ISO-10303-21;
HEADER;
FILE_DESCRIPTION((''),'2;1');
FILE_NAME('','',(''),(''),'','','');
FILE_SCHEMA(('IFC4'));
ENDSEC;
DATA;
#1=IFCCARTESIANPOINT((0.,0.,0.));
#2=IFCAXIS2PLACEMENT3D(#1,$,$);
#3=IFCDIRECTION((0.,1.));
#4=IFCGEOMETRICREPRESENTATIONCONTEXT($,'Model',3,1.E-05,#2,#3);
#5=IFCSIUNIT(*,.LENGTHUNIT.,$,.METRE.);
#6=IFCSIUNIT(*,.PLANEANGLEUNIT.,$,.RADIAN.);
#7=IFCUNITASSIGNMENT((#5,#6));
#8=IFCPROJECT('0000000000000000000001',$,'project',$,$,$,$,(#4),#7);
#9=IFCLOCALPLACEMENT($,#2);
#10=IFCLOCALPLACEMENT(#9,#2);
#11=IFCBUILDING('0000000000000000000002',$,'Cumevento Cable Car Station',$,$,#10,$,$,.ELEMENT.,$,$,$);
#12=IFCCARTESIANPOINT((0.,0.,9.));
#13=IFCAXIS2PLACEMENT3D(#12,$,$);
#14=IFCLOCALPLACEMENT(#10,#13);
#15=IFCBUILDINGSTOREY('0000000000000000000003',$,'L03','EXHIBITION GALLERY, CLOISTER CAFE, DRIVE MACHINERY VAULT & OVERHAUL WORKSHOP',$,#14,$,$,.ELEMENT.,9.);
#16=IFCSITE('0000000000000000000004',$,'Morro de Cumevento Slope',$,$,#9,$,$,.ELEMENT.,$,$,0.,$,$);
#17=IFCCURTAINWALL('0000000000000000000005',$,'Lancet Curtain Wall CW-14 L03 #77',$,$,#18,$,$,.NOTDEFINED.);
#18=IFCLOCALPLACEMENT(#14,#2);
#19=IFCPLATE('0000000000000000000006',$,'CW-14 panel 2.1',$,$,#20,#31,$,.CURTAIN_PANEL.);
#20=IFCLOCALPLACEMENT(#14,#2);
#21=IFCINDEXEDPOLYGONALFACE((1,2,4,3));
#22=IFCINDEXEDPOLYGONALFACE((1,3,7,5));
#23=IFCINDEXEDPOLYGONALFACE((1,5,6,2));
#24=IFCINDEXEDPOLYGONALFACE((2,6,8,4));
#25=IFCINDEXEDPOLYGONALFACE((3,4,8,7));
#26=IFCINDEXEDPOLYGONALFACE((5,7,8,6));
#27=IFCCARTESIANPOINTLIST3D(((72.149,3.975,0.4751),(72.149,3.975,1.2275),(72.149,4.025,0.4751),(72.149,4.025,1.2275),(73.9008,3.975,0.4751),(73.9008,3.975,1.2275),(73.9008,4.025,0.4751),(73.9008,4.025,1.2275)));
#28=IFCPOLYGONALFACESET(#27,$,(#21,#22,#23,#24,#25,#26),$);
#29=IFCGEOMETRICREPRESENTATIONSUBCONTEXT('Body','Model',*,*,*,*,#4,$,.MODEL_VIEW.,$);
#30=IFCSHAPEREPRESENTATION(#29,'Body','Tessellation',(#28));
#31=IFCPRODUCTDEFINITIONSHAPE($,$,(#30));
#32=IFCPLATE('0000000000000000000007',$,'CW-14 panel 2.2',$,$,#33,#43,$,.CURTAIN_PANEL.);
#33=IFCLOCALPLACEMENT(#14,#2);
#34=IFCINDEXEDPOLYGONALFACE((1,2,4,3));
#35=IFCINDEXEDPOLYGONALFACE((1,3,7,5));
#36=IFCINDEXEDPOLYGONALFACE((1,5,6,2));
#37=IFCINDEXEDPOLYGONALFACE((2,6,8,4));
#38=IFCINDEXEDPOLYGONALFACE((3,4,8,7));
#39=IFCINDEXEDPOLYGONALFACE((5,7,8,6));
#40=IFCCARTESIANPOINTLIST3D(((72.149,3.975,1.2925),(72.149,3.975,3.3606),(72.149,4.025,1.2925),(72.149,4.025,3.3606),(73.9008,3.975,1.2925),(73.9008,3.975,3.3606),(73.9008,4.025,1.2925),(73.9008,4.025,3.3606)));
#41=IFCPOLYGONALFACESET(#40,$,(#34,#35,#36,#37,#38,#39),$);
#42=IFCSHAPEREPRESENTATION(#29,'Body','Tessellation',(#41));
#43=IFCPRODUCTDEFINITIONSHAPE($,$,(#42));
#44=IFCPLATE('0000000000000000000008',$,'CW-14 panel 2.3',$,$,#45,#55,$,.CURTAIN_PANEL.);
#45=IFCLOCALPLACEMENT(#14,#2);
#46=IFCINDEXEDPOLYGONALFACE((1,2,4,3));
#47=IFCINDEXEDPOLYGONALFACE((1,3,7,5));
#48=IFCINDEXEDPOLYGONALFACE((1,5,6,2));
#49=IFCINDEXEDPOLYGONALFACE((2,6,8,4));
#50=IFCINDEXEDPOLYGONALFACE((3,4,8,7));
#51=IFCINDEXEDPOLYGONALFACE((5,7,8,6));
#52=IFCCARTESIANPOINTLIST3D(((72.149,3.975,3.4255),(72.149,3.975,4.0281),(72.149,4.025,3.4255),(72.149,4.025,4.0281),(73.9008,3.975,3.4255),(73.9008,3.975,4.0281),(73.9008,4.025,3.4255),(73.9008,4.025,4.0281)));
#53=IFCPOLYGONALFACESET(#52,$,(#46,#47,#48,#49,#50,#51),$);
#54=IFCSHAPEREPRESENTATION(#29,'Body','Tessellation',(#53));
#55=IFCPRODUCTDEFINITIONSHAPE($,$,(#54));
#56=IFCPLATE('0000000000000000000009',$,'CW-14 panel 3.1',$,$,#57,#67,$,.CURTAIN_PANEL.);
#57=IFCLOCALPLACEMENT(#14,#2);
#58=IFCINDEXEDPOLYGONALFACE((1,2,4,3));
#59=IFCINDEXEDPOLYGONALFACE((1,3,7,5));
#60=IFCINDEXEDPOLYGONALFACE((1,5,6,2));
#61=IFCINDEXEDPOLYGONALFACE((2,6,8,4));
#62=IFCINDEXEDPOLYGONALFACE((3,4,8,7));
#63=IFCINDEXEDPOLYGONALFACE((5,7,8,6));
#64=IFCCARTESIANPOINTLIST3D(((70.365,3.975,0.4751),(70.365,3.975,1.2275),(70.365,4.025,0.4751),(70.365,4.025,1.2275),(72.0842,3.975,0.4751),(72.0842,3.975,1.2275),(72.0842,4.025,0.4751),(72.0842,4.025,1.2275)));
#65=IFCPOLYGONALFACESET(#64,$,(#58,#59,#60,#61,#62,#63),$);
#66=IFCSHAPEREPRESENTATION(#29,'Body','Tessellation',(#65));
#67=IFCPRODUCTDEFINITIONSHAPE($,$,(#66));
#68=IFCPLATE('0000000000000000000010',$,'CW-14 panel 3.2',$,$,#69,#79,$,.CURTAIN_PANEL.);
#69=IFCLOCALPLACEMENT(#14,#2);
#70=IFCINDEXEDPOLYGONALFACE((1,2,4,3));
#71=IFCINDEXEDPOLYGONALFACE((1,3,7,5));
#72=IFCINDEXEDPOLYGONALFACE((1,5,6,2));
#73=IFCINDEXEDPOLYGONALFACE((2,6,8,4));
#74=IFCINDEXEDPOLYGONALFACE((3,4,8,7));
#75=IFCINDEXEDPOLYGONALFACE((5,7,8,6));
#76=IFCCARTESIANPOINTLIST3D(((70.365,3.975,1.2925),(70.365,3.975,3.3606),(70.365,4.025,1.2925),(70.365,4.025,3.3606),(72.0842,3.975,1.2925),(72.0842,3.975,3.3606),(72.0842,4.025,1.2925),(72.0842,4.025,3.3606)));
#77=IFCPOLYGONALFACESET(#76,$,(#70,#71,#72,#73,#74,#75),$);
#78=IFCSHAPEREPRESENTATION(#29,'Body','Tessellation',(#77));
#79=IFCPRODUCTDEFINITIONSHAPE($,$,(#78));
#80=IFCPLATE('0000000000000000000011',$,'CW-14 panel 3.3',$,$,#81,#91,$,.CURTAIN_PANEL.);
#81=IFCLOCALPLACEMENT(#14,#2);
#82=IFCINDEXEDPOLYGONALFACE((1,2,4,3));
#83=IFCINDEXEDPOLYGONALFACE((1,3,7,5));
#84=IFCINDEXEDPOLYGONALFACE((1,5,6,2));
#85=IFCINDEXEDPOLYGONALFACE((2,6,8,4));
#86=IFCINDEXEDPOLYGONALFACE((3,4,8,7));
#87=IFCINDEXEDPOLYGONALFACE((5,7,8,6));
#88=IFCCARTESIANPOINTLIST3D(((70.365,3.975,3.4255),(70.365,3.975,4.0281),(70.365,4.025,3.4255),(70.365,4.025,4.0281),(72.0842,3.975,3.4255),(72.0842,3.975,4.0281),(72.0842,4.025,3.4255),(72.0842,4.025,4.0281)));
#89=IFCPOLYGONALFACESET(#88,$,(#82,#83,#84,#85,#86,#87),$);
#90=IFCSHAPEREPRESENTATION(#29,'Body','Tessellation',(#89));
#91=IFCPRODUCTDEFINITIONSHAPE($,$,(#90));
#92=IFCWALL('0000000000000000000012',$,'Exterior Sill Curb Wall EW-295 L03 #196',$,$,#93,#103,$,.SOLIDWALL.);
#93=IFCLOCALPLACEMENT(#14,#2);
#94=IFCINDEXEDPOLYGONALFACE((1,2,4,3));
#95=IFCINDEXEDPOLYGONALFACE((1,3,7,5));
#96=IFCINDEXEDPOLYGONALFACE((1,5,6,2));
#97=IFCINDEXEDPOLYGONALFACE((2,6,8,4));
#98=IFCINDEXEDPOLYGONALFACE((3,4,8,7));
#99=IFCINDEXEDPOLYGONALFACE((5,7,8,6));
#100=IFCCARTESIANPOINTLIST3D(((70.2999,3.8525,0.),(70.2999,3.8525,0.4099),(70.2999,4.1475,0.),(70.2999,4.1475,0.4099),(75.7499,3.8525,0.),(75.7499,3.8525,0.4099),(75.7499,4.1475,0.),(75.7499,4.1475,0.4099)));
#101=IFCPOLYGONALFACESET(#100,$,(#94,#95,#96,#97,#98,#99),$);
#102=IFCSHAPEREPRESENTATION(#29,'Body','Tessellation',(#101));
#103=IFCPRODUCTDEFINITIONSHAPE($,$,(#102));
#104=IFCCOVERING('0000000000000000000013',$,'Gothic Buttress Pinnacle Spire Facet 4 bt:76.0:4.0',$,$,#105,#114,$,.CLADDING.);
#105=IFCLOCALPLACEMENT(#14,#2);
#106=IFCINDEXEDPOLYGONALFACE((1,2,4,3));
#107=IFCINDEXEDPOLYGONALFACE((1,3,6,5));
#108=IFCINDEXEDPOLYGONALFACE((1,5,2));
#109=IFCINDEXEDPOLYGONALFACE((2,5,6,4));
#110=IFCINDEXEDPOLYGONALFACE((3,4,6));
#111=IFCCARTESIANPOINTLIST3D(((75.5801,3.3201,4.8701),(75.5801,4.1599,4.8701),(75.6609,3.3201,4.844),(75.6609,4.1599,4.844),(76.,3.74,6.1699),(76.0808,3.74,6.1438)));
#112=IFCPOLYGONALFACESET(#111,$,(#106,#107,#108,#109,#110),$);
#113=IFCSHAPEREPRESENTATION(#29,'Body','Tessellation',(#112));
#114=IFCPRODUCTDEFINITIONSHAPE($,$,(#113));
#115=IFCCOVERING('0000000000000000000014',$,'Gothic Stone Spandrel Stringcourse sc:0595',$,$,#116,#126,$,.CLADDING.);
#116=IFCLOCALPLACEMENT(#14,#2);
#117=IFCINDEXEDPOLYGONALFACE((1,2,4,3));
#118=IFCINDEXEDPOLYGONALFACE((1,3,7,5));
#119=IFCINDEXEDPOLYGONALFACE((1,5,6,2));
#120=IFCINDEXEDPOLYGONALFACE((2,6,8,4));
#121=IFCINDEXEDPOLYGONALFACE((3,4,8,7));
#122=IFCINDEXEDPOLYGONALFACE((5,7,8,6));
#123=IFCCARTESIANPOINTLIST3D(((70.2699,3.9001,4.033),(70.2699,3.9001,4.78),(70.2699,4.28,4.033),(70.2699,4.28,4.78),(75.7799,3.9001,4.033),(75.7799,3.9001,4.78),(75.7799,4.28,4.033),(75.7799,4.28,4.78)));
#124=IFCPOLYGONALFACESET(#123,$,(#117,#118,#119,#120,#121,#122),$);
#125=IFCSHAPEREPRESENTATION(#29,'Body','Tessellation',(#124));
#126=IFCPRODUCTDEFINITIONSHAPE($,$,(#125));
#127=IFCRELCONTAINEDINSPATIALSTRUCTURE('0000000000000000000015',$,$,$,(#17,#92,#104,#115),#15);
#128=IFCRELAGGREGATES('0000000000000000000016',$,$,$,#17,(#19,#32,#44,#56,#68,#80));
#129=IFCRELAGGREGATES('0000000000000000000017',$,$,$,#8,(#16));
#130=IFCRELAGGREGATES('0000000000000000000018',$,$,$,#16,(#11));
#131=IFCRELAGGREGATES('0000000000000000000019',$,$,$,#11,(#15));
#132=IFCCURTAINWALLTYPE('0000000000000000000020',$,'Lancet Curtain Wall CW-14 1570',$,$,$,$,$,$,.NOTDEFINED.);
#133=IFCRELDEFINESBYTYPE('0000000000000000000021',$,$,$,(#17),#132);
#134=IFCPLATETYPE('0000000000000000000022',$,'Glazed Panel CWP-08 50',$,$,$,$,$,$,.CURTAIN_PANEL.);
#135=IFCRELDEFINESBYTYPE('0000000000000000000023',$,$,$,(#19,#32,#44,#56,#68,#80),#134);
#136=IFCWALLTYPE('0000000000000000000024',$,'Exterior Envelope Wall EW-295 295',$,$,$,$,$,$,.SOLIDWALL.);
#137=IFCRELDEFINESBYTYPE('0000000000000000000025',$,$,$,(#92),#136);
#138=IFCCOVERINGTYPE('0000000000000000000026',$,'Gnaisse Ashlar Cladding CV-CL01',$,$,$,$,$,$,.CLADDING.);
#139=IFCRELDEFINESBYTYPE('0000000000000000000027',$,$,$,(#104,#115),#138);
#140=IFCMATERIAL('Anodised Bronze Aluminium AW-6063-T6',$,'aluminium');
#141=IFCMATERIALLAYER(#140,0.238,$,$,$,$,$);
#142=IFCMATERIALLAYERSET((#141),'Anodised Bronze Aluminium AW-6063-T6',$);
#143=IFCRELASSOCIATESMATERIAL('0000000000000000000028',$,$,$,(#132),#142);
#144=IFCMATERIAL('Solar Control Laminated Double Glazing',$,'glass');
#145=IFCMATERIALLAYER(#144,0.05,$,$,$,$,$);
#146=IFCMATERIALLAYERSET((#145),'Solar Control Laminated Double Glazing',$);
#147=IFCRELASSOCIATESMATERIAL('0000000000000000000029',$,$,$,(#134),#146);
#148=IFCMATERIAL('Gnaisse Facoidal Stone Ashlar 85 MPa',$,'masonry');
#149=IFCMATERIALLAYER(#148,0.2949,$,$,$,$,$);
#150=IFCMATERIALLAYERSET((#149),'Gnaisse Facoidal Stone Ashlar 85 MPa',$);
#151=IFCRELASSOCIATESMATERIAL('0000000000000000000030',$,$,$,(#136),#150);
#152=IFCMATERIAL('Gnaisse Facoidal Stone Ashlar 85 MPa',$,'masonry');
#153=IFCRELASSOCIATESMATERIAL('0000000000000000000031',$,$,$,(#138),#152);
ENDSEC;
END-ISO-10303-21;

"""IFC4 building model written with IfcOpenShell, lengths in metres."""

from ifc_helpers import new_model, si_unit, direction, frame, frame_2d, origin, origin_2d, place, context, subcontext, project, spatial, polyline, rectangle, outline, extrude, material, layer, layer_set, type_object, element, aggregate, save


model = new_model("IFC4")

# Units and contexts
model_context = context("Model", 3, precision=1e-05, world=origin(), true_north=direction((0.0, 1.0)))
body_context = subcontext(model_context, "Body", "Model", "MODEL_VIEW")
ifc_project = project(units=[si_unit("LENGTHUNIT", "METRE"), si_unit("PLANEANGLEUNIT", "RADIAN")], contexts=[model_context])

# Site, building, storey
site_placement = place(None, origin())
site = spatial("IfcSite", under=ifc_project, at=site_placement, Name="Morro de Cumevento Slope", CompositionType="ELEMENT", RefElevation=0.0)
building_placement = place(site_placement, origin())
building = spatial("IfcBuilding", under=site, at=building_placement, Name="Cumevento Cable Car Station", CompositionType="ELEMENT")
storey_placement = place(building_placement, frame((0.0, 0.0, 9.0)))
storey = spatial("IfcBuildingStorey", under=building, at=storey_placement, Name="L03", Description="EXHIBITION GALLERY, CLOISTER CAFE, DRIVE MACHINERY VAULT & OVERHAUL WORKSHOP", CompositionType="ELEMENT", Elevation=9.0)

# Curtain wall
ifc_material_1 = material(Name="Anodised Bronze Aluminium AW-6063-T6", Category="aluminium")
ifc_layer_1 = layer(ifc_material_1, 0.238)
ifc_layer_set_1 = layer_set([ifc_layer_1], Name="Anodised Bronze Aluminium AW-6063-T6")
curtain_wall_type = type_object("IfcCurtainWallType", Name="Lancet Curtain Wall CW-14 1570", PredefinedType="NOTDEFINED", material=ifc_layer_set_1)
curtain_wall_placement = place(storey_placement, origin())
curtain_wall = element("IfcCurtainWall", 1, at=curtain_wall_placement, inside=storey, type_object=curtain_wall_type, Name="Lancet Curtain Wall CW-14 L03 #77", PredefinedType="NOTDEFINED")

# Plates
ifc_material_2 = material(Name="Solar Control Laminated Double Glazing", Category="glass")
ifc_layer_2 = layer(ifc_material_2, 0.05)
ifc_layer_set_2 = layer_set([ifc_layer_2], Name="Solar Control Laminated Double Glazing")
plate_type = type_object("IfcPlateType", Name="Glazed Panel CWP-08 50", PredefinedType="CURTAIN_PANEL", material=ifc_layer_set_2)
plate_1_placement = place(storey_placement, frame((73.0249, 4.0, 0.4751), z_axis=(0.0, 0.0, 1.0), x_axis=(-1.0, 0.0, 0.0)))
plate_1 = element("IfcPlate", 2, at=plate_1_placement, type_object=plate_type, Name="CW-14 panel 2.1", PredefinedType="CURTAIN_PANEL", context=body_context, shape_type="SweptSolid", body=[
    extrude(rectangle(XDim=1.7517, YDim=0.05, at=origin_2d()), origin(), (0.0, 0.0, 1.0), 0.7524),
])
plate_2_placement = place(storey_placement, frame((73.0249, 4.0, 1.2925), z_axis=(0.0, 0.0, 1.0), x_axis=(-1.0, 0.0, 0.0)))
plate_2 = element("IfcPlate", 3, at=plate_2_placement, type_object=plate_type, Name="CW-14 panel 2.2", PredefinedType="CURTAIN_PANEL", context=body_context, shape_type="SweptSolid", body=[
    extrude(rectangle(XDim=1.7517, YDim=0.05, at=origin_2d()), origin(), (0.0, 0.0, 1.0), 2.0681),
])
plate_3_placement = place(storey_placement, frame((73.0249, 4.0, 3.4255), z_axis=(0.0, 0.0, 1.0), x_axis=(-1.0, 0.0, 0.0)))
plate_3 = element("IfcPlate", 4, at=plate_3_placement, type_object=plate_type, Name="CW-14 panel 2.3", PredefinedType="CURTAIN_PANEL", context=body_context, shape_type="SweptSolid", body=[
    extrude(rectangle(XDim=1.7517, YDim=0.05, at=origin_2d()), origin(), (0.0, 0.0, 1.0), 0.6025),
])
plate_4_placement = place(storey_placement, frame((71.2246, 4.0, 0.4751), z_axis=(0.0, 0.0, 1.0), x_axis=(-1.0, 0.0, 0.0)))
plate_4 = element("IfcPlate", 5, at=plate_4_placement, type_object=plate_type, Name="CW-14 panel 3.1", PredefinedType="CURTAIN_PANEL", context=body_context, shape_type="SweptSolid", body=[
    extrude(rectangle(XDim=1.7192, YDim=0.05, at=origin_2d()), origin(), (0.0, 0.0, 1.0), 0.7524),
])
plate_5_placement = place(storey_placement, frame((71.2246, 4.0, 1.2925), z_axis=(0.0, 0.0, 1.0), x_axis=(-1.0, 0.0, 0.0)))
plate_5 = element("IfcPlate", 6, at=plate_5_placement, type_object=plate_type, Name="CW-14 panel 3.2", PredefinedType="CURTAIN_PANEL", context=body_context, shape_type="SweptSolid", body=[
    extrude(rectangle(XDim=1.7192, YDim=0.05, at=origin_2d()), origin(), (0.0, 0.0, 1.0), 2.0681),
])
plate_6_placement = place(storey_placement, frame((71.2246, 4.0, 3.4255), z_axis=(0.0, 0.0, 1.0), x_axis=(-1.0, 0.0, 0.0)))
plate_6 = element("IfcPlate", 7, at=plate_6_placement, type_object=plate_type, Name="CW-14 panel 3.3", PredefinedType="CURTAIN_PANEL", context=body_context, shape_type="SweptSolid", body=[
    extrude(rectangle(XDim=1.7192, YDim=0.05, at=origin_2d()), origin(), (0.0, 0.0, 1.0), 0.6025),
])
aggregate(curtain_wall, [plate_1, plate_2, plate_3, plate_4, plate_5, plate_6])

# Wall
ifc_material_3 = material(Name="Gnaisse Facoidal Stone Ashlar 85 MPa", Category="masonry")
ifc_layer_3 = layer(ifc_material_3, 0.2949)
ifc_layer_set_3 = layer_set([ifc_layer_3], Name="Gnaisse Facoidal Stone Ashlar 85 MPa")
wall_type = type_object("IfcWallType", Name="Exterior Envelope Wall EW-295 295", PredefinedType="SOLIDWALL", material=ifc_layer_set_3)
wall_placement = place(storey_placement, frame((75.75, 4.0, 0.0), z_axis=(0.0, 0.0, 1.0), x_axis=(-1.0, 0.0, 0.0)))
element("IfcWall", 8, at=wall_placement, inside=storey, type_object=wall_type, Name="Exterior Sill Curb Wall EW-295 L03 #196", PredefinedType="SOLIDWALL", context=body_context, shape_type="SweptSolid", body=[
    extrude(rectangle(XDim=5.45, YDim=0.2949, at=frame_2d((2.7251, 0.0))), origin(), (0.0, 0.0, 1.0), 0.4099),
])

# Coverings
ifc_material_4 = material(Name="Gnaisse Facoidal Stone Ashlar 85 MPa", Category="masonry")
covering_type = type_object("IfcCoveringType", Name="Gnaisse Ashlar Cladding CV-CL01", PredefinedType="CLADDING", material=ifc_material_4)
covering_1_placement = place(storey_placement, frame((75.5801, 3.3201, 4.8701), z_axis=(-0.951574, 0.0, 0.307421), x_axis=(0.0, 1.0, 0.0)))
element("IfcCovering", 9, at=covering_1_placement, inside=storey, type_object=covering_type, Name="Gothic Buttress Pinnacle Spire Facet 4 bt:76.0:4.0", PredefinedType="CLADDING", context=body_context, shape_type="SweptSolid", body=[
    extrude(outline(polyline([(0.0, 0.0), (0.8398, 0.0), (0.4199, -1.366), (0.0, 0.0)])), origin(), (0.0, 0.0, -1.0), 0.085),
])
covering_2_placement = place(storey_placement, frame((73.0249, 4.0901, 4.033), z_axis=(0.0, 0.0, 1.0), x_axis=(-1.0, 0.0, 0.0)))
element("IfcCovering", 10, at=covering_2_placement, inside=storey, type_object=covering_type, Name="Gothic Stone Spandrel Stringcourse sc:0595", PredefinedType="CLADDING", context=body_context, shape_type="SweptSolid", body=[
    extrude(rectangle(XDim=5.51, YDim=0.3799, at=origin_2d()), origin(), (0.0, 0.0, 1.0), 0.7471),
])

save(model, "model.ifc")
